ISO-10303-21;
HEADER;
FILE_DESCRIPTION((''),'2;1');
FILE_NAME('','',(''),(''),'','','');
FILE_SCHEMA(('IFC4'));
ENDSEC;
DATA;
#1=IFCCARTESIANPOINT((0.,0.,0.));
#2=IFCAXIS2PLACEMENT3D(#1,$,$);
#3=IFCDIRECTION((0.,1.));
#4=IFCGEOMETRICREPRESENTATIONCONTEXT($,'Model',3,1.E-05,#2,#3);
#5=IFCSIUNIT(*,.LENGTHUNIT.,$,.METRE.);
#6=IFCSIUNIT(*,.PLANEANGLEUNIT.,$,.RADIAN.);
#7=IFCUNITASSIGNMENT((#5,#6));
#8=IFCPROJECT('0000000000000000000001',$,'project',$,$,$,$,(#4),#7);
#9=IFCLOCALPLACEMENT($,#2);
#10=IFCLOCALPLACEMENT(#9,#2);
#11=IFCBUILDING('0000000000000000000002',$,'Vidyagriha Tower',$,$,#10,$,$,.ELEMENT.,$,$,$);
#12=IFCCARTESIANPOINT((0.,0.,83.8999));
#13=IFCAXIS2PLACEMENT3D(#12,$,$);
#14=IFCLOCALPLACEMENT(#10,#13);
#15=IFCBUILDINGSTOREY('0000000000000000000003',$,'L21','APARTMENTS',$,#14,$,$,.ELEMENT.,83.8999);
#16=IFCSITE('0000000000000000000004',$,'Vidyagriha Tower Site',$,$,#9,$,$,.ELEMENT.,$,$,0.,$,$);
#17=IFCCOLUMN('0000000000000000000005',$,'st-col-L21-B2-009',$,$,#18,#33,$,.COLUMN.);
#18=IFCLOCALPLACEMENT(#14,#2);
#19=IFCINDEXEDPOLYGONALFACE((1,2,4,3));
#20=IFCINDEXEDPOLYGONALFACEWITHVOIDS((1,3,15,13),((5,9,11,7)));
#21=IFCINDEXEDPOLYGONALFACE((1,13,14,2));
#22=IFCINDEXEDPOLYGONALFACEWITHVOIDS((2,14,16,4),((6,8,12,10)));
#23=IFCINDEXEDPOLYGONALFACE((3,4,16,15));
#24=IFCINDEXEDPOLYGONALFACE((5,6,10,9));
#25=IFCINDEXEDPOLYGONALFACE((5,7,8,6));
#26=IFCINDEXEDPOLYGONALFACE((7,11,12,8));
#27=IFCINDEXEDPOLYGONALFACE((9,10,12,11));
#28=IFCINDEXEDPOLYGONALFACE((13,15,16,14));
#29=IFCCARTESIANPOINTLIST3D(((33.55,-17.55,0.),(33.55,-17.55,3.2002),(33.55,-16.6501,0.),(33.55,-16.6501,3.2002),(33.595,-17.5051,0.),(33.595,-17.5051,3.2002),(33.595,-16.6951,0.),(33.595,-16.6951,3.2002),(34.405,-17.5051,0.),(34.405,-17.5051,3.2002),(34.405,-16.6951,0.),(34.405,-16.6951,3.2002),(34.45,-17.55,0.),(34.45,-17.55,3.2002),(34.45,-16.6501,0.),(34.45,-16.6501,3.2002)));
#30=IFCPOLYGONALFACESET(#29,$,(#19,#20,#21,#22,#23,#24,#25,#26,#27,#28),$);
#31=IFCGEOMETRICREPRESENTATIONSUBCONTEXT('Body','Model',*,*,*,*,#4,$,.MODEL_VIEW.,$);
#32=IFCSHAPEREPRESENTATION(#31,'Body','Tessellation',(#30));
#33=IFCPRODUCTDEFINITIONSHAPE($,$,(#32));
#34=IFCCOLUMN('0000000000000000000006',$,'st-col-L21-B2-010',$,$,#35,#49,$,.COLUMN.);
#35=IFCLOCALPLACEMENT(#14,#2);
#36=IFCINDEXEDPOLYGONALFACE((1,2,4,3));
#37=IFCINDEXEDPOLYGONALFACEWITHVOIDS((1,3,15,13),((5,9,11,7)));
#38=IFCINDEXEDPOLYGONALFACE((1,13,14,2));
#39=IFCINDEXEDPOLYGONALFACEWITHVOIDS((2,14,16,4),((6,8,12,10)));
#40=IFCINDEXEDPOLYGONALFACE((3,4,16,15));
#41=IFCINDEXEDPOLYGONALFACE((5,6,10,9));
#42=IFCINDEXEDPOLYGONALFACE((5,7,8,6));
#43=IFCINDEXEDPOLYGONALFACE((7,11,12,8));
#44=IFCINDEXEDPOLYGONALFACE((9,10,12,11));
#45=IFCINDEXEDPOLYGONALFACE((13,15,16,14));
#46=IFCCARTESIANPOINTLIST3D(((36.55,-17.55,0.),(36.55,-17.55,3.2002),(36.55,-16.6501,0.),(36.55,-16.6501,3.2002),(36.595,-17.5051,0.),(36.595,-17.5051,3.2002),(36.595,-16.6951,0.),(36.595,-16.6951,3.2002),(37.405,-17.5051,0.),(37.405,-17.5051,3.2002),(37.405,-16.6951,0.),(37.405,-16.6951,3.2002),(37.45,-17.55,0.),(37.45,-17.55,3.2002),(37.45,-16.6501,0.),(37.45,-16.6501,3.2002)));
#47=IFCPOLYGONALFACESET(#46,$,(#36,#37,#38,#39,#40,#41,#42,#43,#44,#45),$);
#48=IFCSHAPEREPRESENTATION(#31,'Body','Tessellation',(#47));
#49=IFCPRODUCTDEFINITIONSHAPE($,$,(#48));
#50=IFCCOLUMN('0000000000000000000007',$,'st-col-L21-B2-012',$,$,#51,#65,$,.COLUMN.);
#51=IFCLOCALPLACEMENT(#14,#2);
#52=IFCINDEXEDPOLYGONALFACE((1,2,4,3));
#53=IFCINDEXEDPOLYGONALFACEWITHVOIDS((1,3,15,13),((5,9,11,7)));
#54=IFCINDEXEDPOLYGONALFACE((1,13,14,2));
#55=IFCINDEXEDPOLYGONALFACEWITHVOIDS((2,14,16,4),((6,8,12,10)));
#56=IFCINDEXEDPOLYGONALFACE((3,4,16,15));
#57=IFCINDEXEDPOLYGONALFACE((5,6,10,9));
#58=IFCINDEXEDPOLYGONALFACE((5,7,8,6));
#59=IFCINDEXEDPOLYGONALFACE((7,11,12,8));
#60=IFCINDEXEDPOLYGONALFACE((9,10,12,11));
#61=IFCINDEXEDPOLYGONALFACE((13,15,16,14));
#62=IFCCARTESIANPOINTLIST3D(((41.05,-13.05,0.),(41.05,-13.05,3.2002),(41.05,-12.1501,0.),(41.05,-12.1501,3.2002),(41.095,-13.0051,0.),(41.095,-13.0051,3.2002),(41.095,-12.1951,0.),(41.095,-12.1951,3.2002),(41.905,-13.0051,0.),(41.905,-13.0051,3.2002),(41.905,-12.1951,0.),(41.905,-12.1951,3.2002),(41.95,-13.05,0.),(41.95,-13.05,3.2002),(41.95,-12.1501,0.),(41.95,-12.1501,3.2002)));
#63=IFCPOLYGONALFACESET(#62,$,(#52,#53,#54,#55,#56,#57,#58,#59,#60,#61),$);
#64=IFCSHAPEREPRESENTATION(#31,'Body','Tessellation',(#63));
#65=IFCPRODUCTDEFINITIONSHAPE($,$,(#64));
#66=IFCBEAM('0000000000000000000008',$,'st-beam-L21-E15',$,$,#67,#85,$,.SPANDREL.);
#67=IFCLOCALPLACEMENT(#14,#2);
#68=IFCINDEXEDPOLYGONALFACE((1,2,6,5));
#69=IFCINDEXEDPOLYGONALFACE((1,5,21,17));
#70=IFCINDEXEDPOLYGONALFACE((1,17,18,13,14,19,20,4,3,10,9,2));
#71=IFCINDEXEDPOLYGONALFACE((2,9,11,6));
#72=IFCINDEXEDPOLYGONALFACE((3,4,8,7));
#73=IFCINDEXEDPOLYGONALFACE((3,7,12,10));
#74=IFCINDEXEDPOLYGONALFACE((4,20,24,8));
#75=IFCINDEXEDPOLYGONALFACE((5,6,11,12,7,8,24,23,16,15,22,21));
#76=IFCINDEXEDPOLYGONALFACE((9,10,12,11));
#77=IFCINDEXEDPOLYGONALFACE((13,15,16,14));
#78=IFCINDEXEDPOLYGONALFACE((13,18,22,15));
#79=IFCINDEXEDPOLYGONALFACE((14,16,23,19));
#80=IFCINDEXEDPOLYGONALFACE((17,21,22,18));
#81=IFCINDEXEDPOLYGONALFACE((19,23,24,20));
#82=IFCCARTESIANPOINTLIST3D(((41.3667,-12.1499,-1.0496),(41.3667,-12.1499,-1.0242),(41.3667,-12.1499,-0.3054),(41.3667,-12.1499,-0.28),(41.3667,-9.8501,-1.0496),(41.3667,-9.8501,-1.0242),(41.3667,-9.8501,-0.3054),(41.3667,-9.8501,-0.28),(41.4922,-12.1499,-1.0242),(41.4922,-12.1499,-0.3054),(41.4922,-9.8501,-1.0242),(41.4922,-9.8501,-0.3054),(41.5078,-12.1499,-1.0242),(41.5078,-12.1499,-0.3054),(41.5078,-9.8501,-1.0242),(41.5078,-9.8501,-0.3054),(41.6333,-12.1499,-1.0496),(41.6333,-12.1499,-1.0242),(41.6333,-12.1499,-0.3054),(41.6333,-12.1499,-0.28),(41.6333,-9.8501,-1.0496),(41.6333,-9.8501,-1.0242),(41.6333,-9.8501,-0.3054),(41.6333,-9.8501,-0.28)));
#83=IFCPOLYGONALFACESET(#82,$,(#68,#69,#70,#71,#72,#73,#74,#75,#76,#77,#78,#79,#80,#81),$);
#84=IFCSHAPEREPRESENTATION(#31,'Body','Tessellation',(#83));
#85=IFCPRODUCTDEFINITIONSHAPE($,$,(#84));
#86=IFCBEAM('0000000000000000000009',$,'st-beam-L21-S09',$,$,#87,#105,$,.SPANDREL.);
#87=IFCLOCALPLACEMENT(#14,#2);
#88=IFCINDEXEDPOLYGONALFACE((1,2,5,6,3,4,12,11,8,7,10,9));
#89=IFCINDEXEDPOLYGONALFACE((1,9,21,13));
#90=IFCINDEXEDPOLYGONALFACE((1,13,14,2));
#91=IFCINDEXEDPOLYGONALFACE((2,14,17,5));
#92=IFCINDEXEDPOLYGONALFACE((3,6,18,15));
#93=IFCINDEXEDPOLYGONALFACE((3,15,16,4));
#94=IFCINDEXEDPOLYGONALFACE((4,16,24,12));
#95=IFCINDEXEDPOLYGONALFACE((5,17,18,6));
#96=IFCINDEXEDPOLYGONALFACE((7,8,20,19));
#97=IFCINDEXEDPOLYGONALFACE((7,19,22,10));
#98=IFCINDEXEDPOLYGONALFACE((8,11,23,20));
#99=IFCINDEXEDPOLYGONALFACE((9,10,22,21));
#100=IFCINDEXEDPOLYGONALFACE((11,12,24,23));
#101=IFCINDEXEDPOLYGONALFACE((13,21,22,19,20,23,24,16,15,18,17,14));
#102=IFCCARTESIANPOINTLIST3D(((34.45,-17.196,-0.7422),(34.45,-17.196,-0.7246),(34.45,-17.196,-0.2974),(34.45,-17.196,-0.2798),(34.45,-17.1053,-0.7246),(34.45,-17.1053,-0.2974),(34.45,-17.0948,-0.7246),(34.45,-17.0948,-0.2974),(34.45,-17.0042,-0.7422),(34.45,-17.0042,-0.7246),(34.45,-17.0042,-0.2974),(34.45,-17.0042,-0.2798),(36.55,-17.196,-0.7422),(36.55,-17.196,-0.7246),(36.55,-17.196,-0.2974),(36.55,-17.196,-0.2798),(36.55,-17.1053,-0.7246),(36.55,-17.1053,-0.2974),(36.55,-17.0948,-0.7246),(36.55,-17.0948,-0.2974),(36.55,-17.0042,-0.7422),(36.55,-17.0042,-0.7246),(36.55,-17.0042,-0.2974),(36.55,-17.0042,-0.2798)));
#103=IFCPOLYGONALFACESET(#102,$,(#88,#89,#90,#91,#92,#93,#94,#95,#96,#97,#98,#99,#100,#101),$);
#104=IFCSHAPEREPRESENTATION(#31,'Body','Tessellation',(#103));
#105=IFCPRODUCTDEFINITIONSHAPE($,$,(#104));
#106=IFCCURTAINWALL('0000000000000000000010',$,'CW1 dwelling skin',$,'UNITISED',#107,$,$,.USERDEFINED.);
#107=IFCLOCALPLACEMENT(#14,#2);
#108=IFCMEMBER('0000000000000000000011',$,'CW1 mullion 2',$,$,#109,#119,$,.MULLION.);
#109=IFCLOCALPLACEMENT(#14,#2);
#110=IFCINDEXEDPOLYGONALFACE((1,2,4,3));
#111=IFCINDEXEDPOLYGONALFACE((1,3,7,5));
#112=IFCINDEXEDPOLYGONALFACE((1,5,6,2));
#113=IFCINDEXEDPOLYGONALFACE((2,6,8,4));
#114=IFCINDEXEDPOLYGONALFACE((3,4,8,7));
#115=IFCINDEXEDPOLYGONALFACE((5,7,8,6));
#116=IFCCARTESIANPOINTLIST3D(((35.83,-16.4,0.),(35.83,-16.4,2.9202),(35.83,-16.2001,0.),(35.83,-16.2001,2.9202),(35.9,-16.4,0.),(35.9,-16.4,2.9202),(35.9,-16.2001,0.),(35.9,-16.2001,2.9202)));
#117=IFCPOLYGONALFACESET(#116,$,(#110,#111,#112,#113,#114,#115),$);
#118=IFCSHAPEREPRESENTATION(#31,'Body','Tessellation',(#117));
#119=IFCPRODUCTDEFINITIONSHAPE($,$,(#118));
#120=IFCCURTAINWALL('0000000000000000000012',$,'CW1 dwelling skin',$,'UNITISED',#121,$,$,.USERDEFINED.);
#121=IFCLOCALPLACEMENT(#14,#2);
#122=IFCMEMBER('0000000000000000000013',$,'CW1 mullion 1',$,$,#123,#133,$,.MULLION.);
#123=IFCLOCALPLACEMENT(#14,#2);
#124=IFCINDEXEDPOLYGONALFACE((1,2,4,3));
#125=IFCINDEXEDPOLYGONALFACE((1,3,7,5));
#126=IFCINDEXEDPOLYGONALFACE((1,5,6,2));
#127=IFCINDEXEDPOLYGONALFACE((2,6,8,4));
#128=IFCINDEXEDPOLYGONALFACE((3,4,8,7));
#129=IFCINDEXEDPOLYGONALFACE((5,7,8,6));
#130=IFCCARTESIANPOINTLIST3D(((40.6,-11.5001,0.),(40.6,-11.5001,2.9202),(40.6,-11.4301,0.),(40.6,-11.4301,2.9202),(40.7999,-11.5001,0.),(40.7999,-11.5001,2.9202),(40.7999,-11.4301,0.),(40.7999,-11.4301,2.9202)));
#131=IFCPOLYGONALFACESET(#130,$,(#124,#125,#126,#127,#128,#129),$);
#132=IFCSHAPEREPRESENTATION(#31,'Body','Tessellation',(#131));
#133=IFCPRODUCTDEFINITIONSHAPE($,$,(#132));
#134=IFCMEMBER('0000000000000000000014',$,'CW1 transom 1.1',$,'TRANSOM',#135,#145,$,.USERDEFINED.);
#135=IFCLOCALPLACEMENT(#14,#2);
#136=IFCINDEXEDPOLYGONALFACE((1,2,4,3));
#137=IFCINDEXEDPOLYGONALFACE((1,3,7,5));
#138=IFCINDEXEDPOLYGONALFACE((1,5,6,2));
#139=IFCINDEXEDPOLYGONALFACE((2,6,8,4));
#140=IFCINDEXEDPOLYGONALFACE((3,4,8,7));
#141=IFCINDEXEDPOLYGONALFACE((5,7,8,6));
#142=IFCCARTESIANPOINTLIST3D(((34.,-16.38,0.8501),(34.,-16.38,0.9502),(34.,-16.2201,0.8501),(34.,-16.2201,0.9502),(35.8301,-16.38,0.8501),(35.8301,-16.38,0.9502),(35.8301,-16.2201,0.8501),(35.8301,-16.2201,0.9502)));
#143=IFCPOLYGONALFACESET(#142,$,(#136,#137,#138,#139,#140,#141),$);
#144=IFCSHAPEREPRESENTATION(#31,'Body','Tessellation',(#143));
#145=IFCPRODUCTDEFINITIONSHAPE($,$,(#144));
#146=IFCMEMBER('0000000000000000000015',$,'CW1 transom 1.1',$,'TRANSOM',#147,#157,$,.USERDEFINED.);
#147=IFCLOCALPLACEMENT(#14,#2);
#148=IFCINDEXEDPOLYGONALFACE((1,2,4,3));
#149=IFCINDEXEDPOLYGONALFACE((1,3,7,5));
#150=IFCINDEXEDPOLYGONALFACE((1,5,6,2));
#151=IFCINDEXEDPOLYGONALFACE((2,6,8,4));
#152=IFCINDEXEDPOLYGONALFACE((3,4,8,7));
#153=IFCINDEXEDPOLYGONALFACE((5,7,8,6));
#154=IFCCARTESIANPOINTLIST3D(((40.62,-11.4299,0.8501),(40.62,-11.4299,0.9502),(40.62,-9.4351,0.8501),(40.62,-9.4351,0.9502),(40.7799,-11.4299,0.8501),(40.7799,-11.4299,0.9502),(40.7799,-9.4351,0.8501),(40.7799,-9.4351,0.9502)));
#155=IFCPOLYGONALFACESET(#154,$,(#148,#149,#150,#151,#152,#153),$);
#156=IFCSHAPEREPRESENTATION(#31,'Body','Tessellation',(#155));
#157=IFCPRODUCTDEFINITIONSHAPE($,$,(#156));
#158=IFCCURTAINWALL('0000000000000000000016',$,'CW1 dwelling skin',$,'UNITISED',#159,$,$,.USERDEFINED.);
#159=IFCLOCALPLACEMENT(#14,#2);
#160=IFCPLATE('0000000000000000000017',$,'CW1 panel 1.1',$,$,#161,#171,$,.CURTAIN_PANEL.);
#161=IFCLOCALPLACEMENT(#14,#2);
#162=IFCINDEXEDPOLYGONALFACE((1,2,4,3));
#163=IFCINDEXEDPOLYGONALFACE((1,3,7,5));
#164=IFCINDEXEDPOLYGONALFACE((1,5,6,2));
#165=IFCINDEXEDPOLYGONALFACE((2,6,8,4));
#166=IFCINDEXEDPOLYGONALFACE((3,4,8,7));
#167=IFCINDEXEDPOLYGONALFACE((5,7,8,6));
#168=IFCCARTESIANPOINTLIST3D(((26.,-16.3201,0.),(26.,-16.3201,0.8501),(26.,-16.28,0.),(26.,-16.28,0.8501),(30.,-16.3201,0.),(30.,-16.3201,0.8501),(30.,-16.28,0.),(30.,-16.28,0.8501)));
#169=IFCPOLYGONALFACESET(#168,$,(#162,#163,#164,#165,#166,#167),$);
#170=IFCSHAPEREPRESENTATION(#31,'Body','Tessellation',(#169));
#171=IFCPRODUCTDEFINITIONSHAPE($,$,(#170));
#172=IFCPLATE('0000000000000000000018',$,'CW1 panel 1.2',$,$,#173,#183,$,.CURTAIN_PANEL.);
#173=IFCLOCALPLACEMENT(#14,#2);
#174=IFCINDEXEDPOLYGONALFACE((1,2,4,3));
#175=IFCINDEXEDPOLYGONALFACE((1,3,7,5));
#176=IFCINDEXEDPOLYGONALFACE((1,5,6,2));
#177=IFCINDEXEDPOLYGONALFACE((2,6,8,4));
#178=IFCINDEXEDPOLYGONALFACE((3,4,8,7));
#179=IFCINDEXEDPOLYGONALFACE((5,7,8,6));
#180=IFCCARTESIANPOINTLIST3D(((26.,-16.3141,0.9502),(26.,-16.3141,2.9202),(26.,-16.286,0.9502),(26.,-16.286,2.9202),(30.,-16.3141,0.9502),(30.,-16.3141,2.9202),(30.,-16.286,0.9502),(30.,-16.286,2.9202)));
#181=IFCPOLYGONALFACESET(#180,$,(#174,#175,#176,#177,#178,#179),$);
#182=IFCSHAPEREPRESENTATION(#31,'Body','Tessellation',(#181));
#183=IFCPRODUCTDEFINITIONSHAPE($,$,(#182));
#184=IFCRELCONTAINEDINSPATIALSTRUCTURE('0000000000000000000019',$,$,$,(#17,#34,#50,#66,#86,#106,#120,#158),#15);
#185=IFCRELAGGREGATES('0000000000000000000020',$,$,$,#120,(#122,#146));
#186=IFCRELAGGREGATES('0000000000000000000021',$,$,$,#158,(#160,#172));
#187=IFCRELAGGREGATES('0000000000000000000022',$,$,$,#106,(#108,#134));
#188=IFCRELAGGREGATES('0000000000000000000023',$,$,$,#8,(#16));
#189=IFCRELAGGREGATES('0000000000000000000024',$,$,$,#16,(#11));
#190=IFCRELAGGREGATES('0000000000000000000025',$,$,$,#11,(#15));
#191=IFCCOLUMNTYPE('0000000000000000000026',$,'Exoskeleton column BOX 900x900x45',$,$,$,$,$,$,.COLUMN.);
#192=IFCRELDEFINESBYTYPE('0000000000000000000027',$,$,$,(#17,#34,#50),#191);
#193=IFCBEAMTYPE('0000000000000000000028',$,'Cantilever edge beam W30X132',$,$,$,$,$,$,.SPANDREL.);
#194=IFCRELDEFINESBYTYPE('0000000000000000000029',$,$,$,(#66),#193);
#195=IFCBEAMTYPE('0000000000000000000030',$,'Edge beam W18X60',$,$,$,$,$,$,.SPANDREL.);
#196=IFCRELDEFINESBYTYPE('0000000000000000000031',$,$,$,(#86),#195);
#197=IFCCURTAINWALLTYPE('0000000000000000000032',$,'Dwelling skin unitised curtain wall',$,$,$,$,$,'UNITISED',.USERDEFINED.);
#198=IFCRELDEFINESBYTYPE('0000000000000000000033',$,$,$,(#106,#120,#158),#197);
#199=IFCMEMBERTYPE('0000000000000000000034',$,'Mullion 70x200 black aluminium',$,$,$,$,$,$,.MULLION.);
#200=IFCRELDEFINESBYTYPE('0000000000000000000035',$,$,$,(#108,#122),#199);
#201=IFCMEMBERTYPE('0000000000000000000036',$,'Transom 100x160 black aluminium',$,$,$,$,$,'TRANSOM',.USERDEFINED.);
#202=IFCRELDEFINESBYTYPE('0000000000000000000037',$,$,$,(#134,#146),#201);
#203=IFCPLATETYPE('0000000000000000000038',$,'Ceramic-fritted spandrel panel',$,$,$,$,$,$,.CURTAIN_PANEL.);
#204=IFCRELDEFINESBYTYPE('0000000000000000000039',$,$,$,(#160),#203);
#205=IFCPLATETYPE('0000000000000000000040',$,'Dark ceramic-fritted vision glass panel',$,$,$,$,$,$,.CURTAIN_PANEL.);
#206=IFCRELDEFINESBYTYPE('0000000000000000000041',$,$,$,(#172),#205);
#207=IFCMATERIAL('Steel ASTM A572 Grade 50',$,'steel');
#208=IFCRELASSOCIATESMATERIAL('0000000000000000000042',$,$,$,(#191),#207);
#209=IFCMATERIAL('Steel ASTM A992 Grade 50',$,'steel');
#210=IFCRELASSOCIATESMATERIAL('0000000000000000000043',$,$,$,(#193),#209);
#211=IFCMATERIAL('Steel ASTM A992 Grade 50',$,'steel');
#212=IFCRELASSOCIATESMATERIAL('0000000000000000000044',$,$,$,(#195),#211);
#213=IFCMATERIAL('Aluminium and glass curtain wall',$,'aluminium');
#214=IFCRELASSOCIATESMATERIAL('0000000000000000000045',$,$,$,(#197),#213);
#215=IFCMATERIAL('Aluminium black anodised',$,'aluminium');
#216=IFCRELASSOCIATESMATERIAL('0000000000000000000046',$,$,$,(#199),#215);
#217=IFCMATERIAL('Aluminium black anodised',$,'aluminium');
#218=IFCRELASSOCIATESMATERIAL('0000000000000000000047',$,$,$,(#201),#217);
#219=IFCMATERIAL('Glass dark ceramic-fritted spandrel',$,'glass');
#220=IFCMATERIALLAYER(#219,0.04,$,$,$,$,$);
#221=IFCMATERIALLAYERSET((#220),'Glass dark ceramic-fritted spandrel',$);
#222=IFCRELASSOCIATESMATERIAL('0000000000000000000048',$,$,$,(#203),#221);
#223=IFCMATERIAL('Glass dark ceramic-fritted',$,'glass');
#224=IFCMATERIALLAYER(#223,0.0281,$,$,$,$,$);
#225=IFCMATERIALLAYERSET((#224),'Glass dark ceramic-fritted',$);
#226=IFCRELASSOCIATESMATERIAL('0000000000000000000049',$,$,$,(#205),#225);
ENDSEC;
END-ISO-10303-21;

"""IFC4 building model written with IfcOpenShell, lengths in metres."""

from ifc_helpers import new_model, si_unit, direction, frame, origin, origin_2d, place, context, subcontext, project, spatial, rectangle, hollow_rectangle, i_section, extrude, material, layer, layer_set, material_profile, profile_set, type_object, element, aggregate, save


model = new_model("IFC4")

# Units and contexts
model_context = context("Model", 3, precision=1e-05, world=origin(), true_north=direction((0.0, 1.0)))
body_context = subcontext(model_context, "Body", "Model", "MODEL_VIEW")
ifc_project = project(units=[si_unit("LENGTHUNIT", "METRE"), si_unit("PLANEANGLEUNIT", "RADIAN")], contexts=[model_context])

# Site, building, storey
site_placement = place(None, origin())
site = spatial("IfcSite", under=ifc_project, at=site_placement, Name="Vidyagriha Tower Site", CompositionType="ELEMENT", RefElevation=0.0)
building_placement = place(site_placement, origin())
building = spatial("IfcBuilding", under=site, at=building_placement, Name="Vidyagriha Tower", CompositionType="ELEMENT")
storey_placement = place(building_placement, frame((0.0, 0.0, 83.8999)))
storey = spatial("IfcBuildingStorey", under=building, at=storey_placement, Name="L21", Description="APARTMENTS", CompositionType="ELEMENT", Elevation=83.8999)

# Columns
ifc_material_1 = material(Name="Steel ASTM A572 Grade 50", Category="steel")
ifc_material_profile_1 = material_profile(ifc_material_1, hollow_rectangle(XDim=0.8999, YDim=0.8999, WallThickness=0.0449, at=origin_2d()), Name="BOX 900x900x45")
ifc_profile_set_1 = profile_set([ifc_material_profile_1], Name="Steel ASTM A572 Grade 50")
column_type = type_object("IfcColumnType", Name="Exoskeleton column BOX 900x900x45", PredefinedType="COLUMN", material=ifc_profile_set_1)
for number, where, name in (
    (1, (34.0, -17.1001, 0.0), "st-col-L21-B2-009"),
    (2, (37.0, -17.1001, 0.0), "st-col-L21-B2-010"),
    (3, (41.5, -12.6001, 0.0), "st-col-L21-B2-012"),
):
    element("IfcColumn", number, at=place(storey_placement, frame(where)), inside=storey, type_object=column_type, Name=name, PredefinedType="COLUMN", context=body_context, shape_type="SweptSolid", body=[
        extrude(hollow_rectangle(XDim=0.8999, YDim=0.8999, WallThickness=0.0449, at=origin_2d()), origin(), (0.0, 0.0, 1.0), 3.2002),
    ])

# Beams
ifc_material_2 = material(Name="Steel ASTM A992 Grade 50", Category="steel")
ifc_material_profile_2 = material_profile(ifc_material_2, i_section(OverallWidth=0.2666, OverallDepth=0.7695, WebThickness=0.0156, FlangeThickness=0.0254, at=origin_2d()), Name="W30X132")
ifc_profile_set_2 = profile_set([ifc_material_profile_2], Name="Steel ASTM A992 Grade 50")
beam_type_1 = type_object("IfcBeamType", Name="Cantilever edge beam W30X132", PredefinedType="SPANDREL", material=ifc_profile_set_2)
beam_1_placement = place(storey_placement, frame((41.5, -12.1499, -0.6648), z_axis=(0.0, 1.0, 0.0), x_axis=(-1.0, 0.0, 0.0)))
element("IfcBeam", 4, at=beam_1_placement, inside=storey, type_object=beam_type_1, Name="st-beam-L21-E15", PredefinedType="SPANDREL", context=body_context, shape_type="SweptSolid", body=[
    extrude(i_section(OverallWidth=0.2666, OverallDepth=0.7695, WebThickness=0.0156, FlangeThickness=0.0254, at=origin_2d()), origin(), (0.0, 0.0, 1.0), 2.2998),
])
ifc_material_3 = material(Name="Steel ASTM A992 Grade 50", Category="steel")
ifc_material_profile_3 = material_profile(ifc_material_3, i_section(OverallWidth=0.1919, OverallDepth=0.4624, WebThickness=0.0105, FlangeThickness=0.0176, at=origin_2d()), Name="W18X60")
ifc_profile_set_3 = profile_set([ifc_material_profile_3], Name="Steel ASTM A992 Grade 50")
beam_type_2 = type_object("IfcBeamType", Name="Edge beam W18X60", PredefinedType="SPANDREL", material=ifc_profile_set_3)
beam_2_placement = place(storey_placement, frame((34.45, -17.1001, -0.511), z_axis=(1.0, 0.0, 0.0), x_axis=(0.0, 1.0, 0.0)))
element("IfcBeam", 5, at=beam_2_placement, inside=storey, type_object=beam_type_2, Name="st-beam-L21-S09", PredefinedType="SPANDREL", context=body_context, shape_type="SweptSolid", body=[
    extrude(i_section(OverallWidth=0.1919, OverallDepth=0.4624, WebThickness=0.0105, FlangeThickness=0.0176, at=origin_2d()), origin(), (0.0, 0.0, 1.0), 2.1001),
])

# Curtain walls, members
ifc_material_4 = material(Name="Aluminium and glass curtain wall", Category="aluminium")
curtain_wall_type = type_object("IfcCurtainWallType", Name="Dwelling skin unitised curtain wall", ElementType="UNITISED", PredefinedType="USERDEFINED", material=ifc_material_4)
curtain_wall_1_placement = place(storey_placement, origin())
curtain_wall_1 = element("IfcCurtainWall", 6, at=curtain_wall_1_placement, inside=storey, type_object=curtain_wall_type, Name="CW1 dwelling skin", ObjectType="UNITISED", PredefinedType="USERDEFINED")
ifc_material_5 = material(Name="Aluminium black anodised", Category="aluminium")
ifc_material_profile_4 = material_profile(ifc_material_5, rectangle(XDim=0.2, YDim=0.0701, at=origin_2d()), Name="Mullion 70x200 black aluminium")
ifc_profile_set_4 = profile_set([ifc_material_profile_4], Name="Aluminium black anodised")
member_type_1 = type_object("IfcMemberType", Name="Mullion 70x200 black aluminium", PredefinedType="MULLION", material=ifc_profile_set_4)
member_1_placement = place(storey_placement, frame((35.865, -16.3, 0.0), z_axis=(0.0, 0.0, 1.0), x_axis=(0.0, 1.0, 0.0)))
member_1 = element("IfcMember", 7, at=member_1_placement, type_object=member_type_1, Name="CW1 mullion 2", PredefinedType="MULLION", context=body_context, shape_type="SweptSolid", body=[
    extrude(rectangle(XDim=0.2, YDim=0.0701, at=origin_2d()), origin(), (0.0, 0.0, 1.0), 2.9202),
])
curtain_wall_2_placement = place(storey_placement, origin())
curtain_wall_2 = element("IfcCurtainWall", 8, at=curtain_wall_2_placement, inside=storey, type_object=curtain_wall_type, Name="CW1 dwelling skin", ObjectType="UNITISED", PredefinedType="USERDEFINED")
member_2_placement = place(storey_placement, frame((40.7, -11.4651, 0.0), z_axis=(0.0, 0.0, 1.0), x_axis=(-1.0, 0.0, 0.0)))
member_2 = element("IfcMember", 9, at=member_2_placement, type_object=member_type_1, Name="CW1 mullion 1", PredefinedType="MULLION", context=body_context, shape_type="SweptSolid", body=[
    extrude(rectangle(XDim=0.2, YDim=0.0701, at=origin_2d()), origin(), (0.0, 0.0, 1.0), 2.9202),
])

# Members
ifc_material_6 = material(Name="Aluminium black anodised", Category="aluminium")
ifc_material_profile_5 = material_profile(ifc_material_6, rectangle(XDim=0.1599, YDim=0.1001, at=origin_2d()), Name="Transom 100x160 black aluminium")
ifc_profile_set_5 = profile_set([ifc_material_profile_5], Name="Aluminium black anodised")
member_type_2 = type_object("IfcMemberType", Name="Transom 100x160 black aluminium", ElementType="TRANSOM", PredefinedType="USERDEFINED", material=ifc_profile_set_5)
member_3_placement = place(storey_placement, frame((34.0, -16.3, 0.9001), z_axis=(1.0, 0.0, 0.0), x_axis=(0.0, 1.0, 0.0)))
member_3 = element("IfcMember", 10, at=member_3_placement, type_object=member_type_2, Name="CW1 transom 1.1", ObjectType="TRANSOM", PredefinedType="USERDEFINED", context=body_context, shape_type="SweptSolid", body=[
    extrude(rectangle(XDim=0.1599, YDim=0.1001, at=origin_2d()), origin(), (0.0, 0.0, 1.0), 1.8301),
])
member_4_placement = place(storey_placement, frame((40.7, -11.4299, 0.9001), z_axis=(0.0, 1.0, 0.0), x_axis=(-1.0, 0.0, 0.0)))
member_4 = element("IfcMember", 11, at=member_4_placement, type_object=member_type_2, Name="CW1 transom 1.1", ObjectType="TRANSOM", PredefinedType="USERDEFINED", context=body_context, shape_type="SweptSolid", body=[
    extrude(rectangle(XDim=0.1599, YDim=0.1001, at=origin_2d()), origin(), (0.0, 0.0, 1.0), 1.9949),
])
aggregate(curtain_wall_2, [member_2, member_4])

# Curtain wall, plates
curtain_wall_3_placement = place(storey_placement, origin())
curtain_wall_3 = element("IfcCurtainWall", 12, at=curtain_wall_3_placement, inside=storey, type_object=curtain_wall_type, Name="CW1 dwelling skin", ObjectType="UNITISED", PredefinedType="USERDEFINED")
ifc_material_7 = material(Name="Glass dark ceramic-fritted spandrel", Category="glass")
ifc_layer_1 = layer(ifc_material_7, 0.04)
ifc_layer_set_1 = layer_set([ifc_layer_1], Name="Glass dark ceramic-fritted spandrel")
plate_type_1 = type_object("IfcPlateType", Name="Ceramic-fritted spandrel panel", PredefinedType="CURTAIN_PANEL", material=ifc_layer_set_1)
plate_1_placement = place(storey_placement, frame((28.0, -16.3, 0.0)))
plate_1 = element("IfcPlate", 13, at=plate_1_placement, type_object=plate_type_1, Name="CW1 panel 1.1", PredefinedType="CURTAIN_PANEL", context=body_context, shape_type="SweptSolid", body=[
    extrude(rectangle(XDim=4.0, YDim=0.04, at=origin_2d()), origin(), (0.0, 0.0, 1.0), 0.8501),
])
ifc_material_8 = material(Name="Glass dark ceramic-fritted", Category="glass")
ifc_layer_2 = layer(ifc_material_8, 0.0281)
ifc_layer_set_2 = layer_set([ifc_layer_2], Name="Glass dark ceramic-fritted")
plate_type_2 = type_object("IfcPlateType", Name="Dark ceramic-fritted vision glass panel", PredefinedType="CURTAIN_PANEL", material=ifc_layer_set_2)
plate_2_placement = place(storey_placement, frame((28.0, -16.3, 0.9502)))
plate_2 = element("IfcPlate", 14, at=plate_2_placement, type_object=plate_type_2, Name="CW1 panel 1.2", PredefinedType="CURTAIN_PANEL", context=body_context, shape_type="SweptSolid", body=[
    extrude(rectangle(XDim=4.0, YDim=0.0281, at=origin_2d()), origin(), (0.0, 0.0, 1.0), 1.97),
])
aggregate(curtain_wall_3, [plate_1, plate_2])

aggregate(curtain_wall_1, [member_1, member_3])

save(model, "model.ifc")
